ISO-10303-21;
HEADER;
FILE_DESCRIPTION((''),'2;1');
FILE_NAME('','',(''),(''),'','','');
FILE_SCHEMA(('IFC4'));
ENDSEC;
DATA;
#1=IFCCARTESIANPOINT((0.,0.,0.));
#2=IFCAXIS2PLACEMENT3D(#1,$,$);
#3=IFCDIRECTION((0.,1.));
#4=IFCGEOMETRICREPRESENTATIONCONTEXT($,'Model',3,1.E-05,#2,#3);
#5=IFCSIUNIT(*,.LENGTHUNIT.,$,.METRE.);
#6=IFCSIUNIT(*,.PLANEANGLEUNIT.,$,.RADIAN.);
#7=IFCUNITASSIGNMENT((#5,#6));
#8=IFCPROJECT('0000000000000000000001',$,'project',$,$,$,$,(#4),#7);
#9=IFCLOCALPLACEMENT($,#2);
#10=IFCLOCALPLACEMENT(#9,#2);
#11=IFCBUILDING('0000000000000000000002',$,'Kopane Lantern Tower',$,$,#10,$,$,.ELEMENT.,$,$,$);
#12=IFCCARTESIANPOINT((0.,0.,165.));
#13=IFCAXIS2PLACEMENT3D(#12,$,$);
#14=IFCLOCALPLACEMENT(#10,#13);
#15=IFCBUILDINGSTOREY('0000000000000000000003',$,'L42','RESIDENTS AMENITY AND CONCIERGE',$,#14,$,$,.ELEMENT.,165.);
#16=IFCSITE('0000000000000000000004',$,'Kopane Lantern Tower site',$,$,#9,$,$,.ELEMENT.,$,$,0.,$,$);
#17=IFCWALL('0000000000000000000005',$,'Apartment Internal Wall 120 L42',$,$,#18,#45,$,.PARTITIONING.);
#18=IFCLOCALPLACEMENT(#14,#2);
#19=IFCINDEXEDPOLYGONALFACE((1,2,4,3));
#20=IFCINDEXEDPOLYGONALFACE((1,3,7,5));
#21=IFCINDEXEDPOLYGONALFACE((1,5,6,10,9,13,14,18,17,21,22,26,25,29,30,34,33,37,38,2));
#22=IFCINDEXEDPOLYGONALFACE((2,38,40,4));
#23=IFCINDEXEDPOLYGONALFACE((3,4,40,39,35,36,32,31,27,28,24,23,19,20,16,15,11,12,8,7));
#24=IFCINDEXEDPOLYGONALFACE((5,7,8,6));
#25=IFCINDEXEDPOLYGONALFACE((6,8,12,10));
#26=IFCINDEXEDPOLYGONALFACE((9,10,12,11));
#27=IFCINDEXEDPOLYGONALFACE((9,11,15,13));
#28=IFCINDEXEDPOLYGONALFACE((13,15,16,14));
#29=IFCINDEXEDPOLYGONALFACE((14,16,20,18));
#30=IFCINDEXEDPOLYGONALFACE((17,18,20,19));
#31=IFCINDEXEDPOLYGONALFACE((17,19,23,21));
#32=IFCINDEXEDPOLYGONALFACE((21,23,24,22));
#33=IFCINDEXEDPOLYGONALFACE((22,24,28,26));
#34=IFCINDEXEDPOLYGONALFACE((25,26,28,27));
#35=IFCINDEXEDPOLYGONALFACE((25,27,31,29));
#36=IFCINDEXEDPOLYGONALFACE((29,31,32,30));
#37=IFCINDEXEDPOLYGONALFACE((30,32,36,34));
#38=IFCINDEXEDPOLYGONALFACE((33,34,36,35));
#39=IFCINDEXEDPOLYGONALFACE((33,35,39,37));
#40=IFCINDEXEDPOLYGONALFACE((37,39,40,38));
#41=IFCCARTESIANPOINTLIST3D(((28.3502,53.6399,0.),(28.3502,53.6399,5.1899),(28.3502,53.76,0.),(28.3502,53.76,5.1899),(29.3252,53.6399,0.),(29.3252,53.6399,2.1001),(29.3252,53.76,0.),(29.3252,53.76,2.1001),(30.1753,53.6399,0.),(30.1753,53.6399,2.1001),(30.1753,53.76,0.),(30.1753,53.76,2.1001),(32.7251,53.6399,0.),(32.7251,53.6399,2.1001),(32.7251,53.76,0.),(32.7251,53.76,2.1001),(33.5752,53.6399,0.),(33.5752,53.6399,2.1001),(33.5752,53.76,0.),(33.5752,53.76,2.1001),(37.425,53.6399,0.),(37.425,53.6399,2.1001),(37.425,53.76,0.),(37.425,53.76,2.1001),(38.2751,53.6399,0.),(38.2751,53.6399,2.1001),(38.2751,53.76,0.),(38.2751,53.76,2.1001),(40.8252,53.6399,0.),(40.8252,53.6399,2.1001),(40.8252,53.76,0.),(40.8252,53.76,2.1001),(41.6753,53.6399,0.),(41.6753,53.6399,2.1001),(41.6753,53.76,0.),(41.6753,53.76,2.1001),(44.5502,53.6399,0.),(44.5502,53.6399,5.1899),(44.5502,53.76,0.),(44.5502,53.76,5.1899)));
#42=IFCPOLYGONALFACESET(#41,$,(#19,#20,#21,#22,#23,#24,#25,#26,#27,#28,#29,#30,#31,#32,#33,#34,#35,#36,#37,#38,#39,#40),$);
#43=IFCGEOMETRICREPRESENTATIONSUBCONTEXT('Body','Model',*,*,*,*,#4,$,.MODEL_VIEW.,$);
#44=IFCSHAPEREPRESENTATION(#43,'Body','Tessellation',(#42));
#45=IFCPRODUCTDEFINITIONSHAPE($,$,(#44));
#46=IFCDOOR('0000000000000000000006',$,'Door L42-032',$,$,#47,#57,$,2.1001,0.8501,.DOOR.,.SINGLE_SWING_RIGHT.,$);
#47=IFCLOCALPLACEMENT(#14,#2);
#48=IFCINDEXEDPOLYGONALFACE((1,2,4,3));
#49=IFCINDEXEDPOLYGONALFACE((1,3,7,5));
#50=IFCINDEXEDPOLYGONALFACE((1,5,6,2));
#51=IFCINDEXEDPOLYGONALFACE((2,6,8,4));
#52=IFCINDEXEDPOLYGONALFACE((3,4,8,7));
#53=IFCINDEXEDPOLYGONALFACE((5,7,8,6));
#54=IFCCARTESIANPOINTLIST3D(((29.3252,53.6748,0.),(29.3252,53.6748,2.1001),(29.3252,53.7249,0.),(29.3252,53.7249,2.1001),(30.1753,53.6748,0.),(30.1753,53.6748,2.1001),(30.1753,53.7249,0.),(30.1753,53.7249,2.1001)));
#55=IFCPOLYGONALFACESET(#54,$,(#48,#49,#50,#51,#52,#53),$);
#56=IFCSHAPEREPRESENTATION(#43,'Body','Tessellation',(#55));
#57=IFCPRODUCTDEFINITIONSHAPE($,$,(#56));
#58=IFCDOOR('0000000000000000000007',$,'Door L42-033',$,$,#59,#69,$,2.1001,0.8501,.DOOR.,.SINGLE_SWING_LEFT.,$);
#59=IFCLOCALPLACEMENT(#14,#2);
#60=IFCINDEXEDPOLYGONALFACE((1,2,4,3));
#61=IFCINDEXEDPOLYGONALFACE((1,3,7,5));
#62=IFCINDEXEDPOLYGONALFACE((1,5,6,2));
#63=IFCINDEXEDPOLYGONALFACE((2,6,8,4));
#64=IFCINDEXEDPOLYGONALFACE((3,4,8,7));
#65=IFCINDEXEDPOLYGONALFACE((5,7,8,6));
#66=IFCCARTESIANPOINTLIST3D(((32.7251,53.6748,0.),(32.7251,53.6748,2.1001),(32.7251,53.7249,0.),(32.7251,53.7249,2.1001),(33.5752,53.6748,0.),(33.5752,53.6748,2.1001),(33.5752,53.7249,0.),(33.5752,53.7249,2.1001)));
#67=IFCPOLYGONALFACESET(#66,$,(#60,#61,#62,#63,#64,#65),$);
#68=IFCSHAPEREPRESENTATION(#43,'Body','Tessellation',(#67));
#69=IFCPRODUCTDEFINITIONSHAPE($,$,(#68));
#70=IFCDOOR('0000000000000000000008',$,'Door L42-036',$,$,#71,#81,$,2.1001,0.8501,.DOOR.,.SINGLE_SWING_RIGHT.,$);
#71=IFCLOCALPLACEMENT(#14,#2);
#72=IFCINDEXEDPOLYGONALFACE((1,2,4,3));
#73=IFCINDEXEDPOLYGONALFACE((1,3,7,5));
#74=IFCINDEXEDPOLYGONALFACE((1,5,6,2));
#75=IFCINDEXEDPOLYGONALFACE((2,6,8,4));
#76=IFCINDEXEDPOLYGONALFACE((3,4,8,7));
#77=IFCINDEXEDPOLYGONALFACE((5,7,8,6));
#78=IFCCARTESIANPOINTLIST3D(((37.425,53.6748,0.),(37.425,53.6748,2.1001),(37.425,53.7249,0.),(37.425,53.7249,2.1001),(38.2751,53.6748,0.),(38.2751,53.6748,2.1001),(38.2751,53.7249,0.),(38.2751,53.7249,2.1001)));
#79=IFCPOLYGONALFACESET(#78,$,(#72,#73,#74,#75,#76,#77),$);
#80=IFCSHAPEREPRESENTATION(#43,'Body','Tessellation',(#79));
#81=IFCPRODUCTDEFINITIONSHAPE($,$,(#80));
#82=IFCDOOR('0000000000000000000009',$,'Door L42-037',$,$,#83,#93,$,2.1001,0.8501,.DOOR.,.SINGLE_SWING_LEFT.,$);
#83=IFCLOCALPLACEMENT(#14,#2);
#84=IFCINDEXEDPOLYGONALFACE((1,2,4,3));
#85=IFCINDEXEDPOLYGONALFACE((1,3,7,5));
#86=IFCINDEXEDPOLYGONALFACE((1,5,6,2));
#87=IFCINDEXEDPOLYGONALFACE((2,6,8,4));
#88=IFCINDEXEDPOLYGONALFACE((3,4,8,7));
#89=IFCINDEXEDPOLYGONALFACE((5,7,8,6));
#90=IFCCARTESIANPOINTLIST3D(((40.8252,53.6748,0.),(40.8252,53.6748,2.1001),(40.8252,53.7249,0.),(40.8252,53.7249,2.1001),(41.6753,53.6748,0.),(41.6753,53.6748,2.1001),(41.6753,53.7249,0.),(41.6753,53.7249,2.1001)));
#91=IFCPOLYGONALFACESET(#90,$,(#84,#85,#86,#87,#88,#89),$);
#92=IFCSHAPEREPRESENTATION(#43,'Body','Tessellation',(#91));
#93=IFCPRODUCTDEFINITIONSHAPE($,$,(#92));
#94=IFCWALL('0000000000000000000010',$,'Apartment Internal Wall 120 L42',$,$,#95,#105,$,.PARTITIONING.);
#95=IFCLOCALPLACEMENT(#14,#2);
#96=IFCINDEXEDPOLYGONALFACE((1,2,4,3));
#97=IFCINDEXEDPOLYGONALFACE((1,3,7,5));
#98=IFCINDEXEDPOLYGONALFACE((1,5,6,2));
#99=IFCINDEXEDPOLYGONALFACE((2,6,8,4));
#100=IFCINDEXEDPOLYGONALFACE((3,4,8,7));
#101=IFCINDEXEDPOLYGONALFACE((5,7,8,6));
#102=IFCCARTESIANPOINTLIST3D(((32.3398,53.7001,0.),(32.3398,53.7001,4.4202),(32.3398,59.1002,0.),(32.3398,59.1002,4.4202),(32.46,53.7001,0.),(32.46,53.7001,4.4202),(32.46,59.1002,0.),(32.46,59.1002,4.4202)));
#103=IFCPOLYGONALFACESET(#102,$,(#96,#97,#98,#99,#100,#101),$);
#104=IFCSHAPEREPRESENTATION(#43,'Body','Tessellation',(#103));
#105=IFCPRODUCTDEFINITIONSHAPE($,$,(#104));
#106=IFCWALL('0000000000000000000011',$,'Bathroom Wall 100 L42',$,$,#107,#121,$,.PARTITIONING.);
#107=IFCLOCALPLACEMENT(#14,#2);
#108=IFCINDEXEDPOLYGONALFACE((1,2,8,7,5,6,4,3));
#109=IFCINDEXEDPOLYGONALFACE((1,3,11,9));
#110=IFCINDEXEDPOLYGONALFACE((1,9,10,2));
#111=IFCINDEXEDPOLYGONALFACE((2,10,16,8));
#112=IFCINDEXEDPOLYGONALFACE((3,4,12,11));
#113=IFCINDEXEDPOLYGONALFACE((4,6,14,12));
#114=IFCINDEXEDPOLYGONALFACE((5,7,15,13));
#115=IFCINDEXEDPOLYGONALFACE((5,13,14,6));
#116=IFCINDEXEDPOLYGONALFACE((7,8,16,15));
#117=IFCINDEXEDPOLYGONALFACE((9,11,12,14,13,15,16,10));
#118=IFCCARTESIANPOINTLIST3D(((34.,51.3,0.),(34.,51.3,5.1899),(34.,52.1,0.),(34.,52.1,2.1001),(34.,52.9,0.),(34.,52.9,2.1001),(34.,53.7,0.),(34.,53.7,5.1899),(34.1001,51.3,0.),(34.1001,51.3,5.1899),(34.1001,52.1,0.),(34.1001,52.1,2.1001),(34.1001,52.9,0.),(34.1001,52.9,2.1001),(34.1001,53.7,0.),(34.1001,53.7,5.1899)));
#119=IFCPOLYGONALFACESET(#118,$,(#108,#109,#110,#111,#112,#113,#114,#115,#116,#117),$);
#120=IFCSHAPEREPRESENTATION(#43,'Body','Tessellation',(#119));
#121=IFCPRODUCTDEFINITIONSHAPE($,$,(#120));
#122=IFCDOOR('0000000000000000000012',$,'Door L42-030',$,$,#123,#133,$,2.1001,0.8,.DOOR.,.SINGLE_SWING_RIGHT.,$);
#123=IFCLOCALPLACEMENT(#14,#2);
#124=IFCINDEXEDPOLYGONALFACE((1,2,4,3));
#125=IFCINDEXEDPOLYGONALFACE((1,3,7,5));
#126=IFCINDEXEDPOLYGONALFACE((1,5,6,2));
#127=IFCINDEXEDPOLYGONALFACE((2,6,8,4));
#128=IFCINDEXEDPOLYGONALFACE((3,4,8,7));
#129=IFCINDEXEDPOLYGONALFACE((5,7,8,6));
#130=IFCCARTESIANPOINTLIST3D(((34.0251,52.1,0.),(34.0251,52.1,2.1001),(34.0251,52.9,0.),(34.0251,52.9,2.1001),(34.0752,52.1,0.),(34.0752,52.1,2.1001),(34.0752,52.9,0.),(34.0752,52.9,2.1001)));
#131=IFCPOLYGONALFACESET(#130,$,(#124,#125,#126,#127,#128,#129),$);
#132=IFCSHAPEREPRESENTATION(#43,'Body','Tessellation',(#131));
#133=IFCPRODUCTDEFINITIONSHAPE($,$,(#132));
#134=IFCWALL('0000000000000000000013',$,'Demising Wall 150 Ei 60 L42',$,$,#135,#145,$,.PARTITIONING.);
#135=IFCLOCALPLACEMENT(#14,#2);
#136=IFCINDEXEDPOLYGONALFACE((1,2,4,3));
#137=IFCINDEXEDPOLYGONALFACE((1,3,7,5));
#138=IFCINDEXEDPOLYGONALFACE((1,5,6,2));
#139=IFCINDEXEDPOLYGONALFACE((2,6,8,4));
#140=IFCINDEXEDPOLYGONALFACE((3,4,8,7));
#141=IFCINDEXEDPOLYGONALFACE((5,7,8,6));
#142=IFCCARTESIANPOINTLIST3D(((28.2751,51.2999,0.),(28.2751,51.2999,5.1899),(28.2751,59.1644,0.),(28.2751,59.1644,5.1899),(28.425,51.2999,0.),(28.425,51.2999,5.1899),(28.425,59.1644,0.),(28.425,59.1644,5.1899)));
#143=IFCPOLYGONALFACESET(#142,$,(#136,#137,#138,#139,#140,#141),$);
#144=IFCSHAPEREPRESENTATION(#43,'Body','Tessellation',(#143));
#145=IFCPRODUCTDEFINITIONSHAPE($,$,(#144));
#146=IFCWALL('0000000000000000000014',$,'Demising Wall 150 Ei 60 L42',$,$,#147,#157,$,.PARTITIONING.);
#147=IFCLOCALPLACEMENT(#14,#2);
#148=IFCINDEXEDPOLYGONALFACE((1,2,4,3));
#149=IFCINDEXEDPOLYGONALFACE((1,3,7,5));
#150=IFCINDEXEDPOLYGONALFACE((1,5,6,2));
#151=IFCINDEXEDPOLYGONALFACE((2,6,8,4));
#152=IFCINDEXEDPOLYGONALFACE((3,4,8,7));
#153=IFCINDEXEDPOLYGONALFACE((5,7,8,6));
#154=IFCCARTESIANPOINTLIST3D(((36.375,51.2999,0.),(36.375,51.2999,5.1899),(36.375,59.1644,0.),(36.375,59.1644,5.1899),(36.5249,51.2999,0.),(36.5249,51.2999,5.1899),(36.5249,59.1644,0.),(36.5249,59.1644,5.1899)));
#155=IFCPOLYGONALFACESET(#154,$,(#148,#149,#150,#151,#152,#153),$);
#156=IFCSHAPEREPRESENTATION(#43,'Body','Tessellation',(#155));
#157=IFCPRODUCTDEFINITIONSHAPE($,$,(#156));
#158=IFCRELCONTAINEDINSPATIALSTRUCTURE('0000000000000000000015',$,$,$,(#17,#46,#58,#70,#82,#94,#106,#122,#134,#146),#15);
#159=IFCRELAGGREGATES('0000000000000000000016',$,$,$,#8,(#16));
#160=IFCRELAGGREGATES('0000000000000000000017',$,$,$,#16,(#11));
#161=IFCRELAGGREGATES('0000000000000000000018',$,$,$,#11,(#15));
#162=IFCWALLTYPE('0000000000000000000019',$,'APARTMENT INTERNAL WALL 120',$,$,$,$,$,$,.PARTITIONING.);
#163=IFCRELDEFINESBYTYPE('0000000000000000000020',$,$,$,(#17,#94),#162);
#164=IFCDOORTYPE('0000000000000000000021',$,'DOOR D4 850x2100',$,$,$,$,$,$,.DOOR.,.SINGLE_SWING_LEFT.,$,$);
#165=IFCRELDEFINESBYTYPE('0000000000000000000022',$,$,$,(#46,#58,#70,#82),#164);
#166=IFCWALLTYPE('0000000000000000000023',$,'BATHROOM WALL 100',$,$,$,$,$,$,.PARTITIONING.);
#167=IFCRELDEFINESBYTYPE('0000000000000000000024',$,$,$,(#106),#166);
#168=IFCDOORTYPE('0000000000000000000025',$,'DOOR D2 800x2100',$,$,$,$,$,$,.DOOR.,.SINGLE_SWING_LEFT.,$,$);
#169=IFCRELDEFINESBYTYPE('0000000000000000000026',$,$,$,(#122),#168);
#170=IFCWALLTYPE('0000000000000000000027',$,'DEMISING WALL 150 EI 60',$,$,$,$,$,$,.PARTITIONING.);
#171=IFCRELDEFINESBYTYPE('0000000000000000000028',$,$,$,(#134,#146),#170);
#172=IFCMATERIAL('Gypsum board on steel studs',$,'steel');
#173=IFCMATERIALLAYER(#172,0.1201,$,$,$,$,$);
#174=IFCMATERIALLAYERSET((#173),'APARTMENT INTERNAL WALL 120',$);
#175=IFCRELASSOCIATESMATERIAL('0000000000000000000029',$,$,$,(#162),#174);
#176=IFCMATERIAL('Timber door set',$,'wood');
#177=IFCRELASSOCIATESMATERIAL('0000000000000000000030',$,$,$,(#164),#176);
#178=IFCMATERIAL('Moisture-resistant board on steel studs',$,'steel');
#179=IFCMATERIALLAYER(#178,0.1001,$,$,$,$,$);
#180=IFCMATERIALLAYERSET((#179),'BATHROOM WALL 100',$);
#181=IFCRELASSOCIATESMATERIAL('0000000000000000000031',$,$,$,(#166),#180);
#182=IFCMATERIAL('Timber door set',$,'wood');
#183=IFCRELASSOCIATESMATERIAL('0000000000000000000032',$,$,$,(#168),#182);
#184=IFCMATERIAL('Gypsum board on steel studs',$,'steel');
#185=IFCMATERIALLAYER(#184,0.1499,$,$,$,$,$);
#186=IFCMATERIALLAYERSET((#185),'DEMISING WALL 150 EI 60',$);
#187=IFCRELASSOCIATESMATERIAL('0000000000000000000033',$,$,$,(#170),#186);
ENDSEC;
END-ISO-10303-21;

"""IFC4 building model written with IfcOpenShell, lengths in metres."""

from ifc_helpers import new_model, si_unit, direction, frame, frame_2d, origin, place, context, subcontext, project, spatial, rectangle, extrude, material, layer, layer_set, type_object, element, fill, save


model = new_model("IFC4")

# Units and contexts
model_context = context("Model", 3, precision=1e-05, world=origin(), true_north=direction((0.0, 1.0)))
body_context = subcontext(model_context, "Body", "Model", "MODEL_VIEW")
ifc_project = project(units=[si_unit("LENGTHUNIT", "METRE"), si_unit("PLANEANGLEUNIT", "RADIAN")], contexts=[model_context])

# Site, building, storey
site_placement = place(None, origin())
site = spatial("IfcSite", under=ifc_project, at=site_placement, Name="Kopane Lantern Tower site", CompositionType="ELEMENT", RefElevation=0.0)
building_placement = place(site_placement, origin())
building = spatial("IfcBuilding", under=site, at=building_placement, Name="Kopane Lantern Tower", CompositionType="ELEMENT")
storey_placement = place(building_placement, frame((0.0, 0.0, 165.0)))
storey = spatial("IfcBuildingStorey", under=building, at=storey_placement, Name="L42", Description="RESIDENTS AMENITY AND CONCIERGE", CompositionType="ELEMENT", Elevation=165.0)

# Wall, openings, doors
ifc_material_1 = material(Name="Gypsum board on steel studs", Category="steel")
ifc_layer_1 = layer(ifc_material_1, 0.1201)
ifc_layer_set_1 = layer_set([ifc_layer_1], Name="APARTMENT INTERNAL WALL 120")
wall_type_1 = type_object("IfcWallType", Name="APARTMENT INTERNAL WALL 120", PredefinedType="PARTITIONING", material=ifc_layer_set_1)
wall_1_placement = place(storey_placement, frame((28.3501, 53.7, 0.0), z_axis=(0.0, 0.0, 1.0), x_axis=(1.0, 0.0, 0.0)))
wall_1 = element("IfcWall", 1, at=wall_1_placement, inside=storey, type_object=wall_type_1, Name="Apartment Internal Wall 120 L42", PredefinedType="PARTITIONING", context=body_context, shape_type="SweptSolid", body=[
    extrude(rectangle(XDim=16.2, YDim=0.1201, at=frame_2d((8.1001, 0.0))), origin(), (0.0, 0.0, 1.0), 5.1899),
])
opening_1_placement = place(wall_1_placement, frame((0.9751, 0.0, 0.0)))
opening_1 = element("IfcOpeningElement", 2, at=opening_1_placement, cuts=wall_1, PredefinedType="OPENING", context=body_context, shape_type="SweptSolid", body=[
    extrude(rectangle(XDim=0.8501, YDim=2.1001, at=frame_2d((0.425, 1.05))), frame((0.0, 0.0701, 0.0), z_axis=(0.0, -1.0, 0.0), x_axis=(1.0, 0.0, 0.0)), (0.0, 0.0, 1.0), 0.1401),
])
opening_2_placement = place(wall_1_placement, frame((4.375, 0.0, 0.0)))
opening_2 = element("IfcOpeningElement", 3, at=opening_2_placement, cuts=wall_1, PredefinedType="OPENING", context=body_context, shape_type="SweptSolid", body=[
    extrude(rectangle(XDim=0.8501, YDim=2.1001, at=frame_2d((0.425, 1.05))), frame((0.0, 0.0701, 0.0), z_axis=(0.0, -1.0, 0.0), x_axis=(1.0, 0.0, 0.0)), (0.0, 0.0, 1.0), 0.1401),
])
opening_3_placement = place(wall_1_placement, frame((9.075, 0.0, 0.0)))
opening_3 = element("IfcOpeningElement", 4, at=opening_3_placement, cuts=wall_1, PredefinedType="OPENING", context=body_context, shape_type="SweptSolid", body=[
    extrude(rectangle(XDim=0.8501, YDim=2.1001, at=frame_2d((0.425, 1.05))), frame((0.0, 0.0701, 0.0), z_axis=(0.0, -1.0, 0.0), x_axis=(1.0, 0.0, 0.0)), (0.0, 0.0, 1.0), 0.1401),
])
opening_4_placement = place(wall_1_placement, frame((12.4751, 0.0, 0.0)))
opening_4 = element("IfcOpeningElement", 5, at=opening_4_placement, cuts=wall_1, PredefinedType="OPENING", context=body_context, shape_type="SweptSolid", body=[
    extrude(rectangle(XDim=0.8501, YDim=2.1001, at=frame_2d((0.425, 1.05))), frame((0.0, 0.0701, 0.0), z_axis=(0.0, -1.0, 0.0), x_axis=(1.0, 0.0, 0.0)), (0.0, 0.0, 1.0), 0.1401),
])
ifc_material_2 = material(Name="Timber door set", Category="wood")
door_type_1 = type_object("IfcDoorType", Name="DOOR D4 850x2100", OperationType="SINGLE_SWING_LEFT", PredefinedType="DOOR", material=ifc_material_2)
door_1_placement = place(opening_1_placement, origin())
door_1 = element("IfcDoor", 6, at=door_1_placement, inside=storey, type_object=door_type_1, Name="Door L42-032", OperationType="SINGLE_SWING_RIGHT", OverallHeight=2.1001, OverallWidth=0.8501, PredefinedType="DOOR", context=body_context, shape_type="SweptSolid", body=[
    extrude(rectangle(XDim=0.8501, YDim=2.1001, at=frame_2d((0.425, 1.05))), frame((0.0, 0.0249, 0.0), z_axis=(0.0, -1.0, 0.0), x_axis=(1.0, 0.0, 0.0)), (0.0, 0.0, 1.0), 0.05),
])
fill(opening_1, door_1)
door_2_placement = place(opening_2_placement, origin())
door_2 = element("IfcDoor", 7, at=door_2_placement, inside=storey, type_object=door_type_1, Name="Door L42-033", OperationType="SINGLE_SWING_LEFT", OverallHeight=2.1001, OverallWidth=0.8501, PredefinedType="DOOR", context=body_context, shape_type="SweptSolid", body=[
    extrude(rectangle(XDim=0.8501, YDim=2.1001, at=frame_2d((0.425, 1.05))), frame((0.0, 0.0249, 0.0), z_axis=(0.0, -1.0, 0.0), x_axis=(1.0, 0.0, 0.0)), (0.0, 0.0, 1.0), 0.05),
])
fill(opening_2, door_2)
door_3_placement = place(opening_3_placement, origin())
door_3 = element("IfcDoor", 8, at=door_3_placement, inside=storey, type_object=door_type_1, Name="Door L42-036", OperationType="SINGLE_SWING_RIGHT", OverallHeight=2.1001, OverallWidth=0.8501, PredefinedType="DOOR", context=body_context, shape_type="SweptSolid", body=[
    extrude(rectangle(XDim=0.8501, YDim=2.1001, at=frame_2d((0.425, 1.05))), frame((0.0, 0.0249, 0.0), z_axis=(0.0, -1.0, 0.0), x_axis=(1.0, 0.0, 0.0)), (0.0, 0.0, 1.0), 0.05),
])
fill(opening_3, door_3)
door_4_placement = place(opening_4_placement, origin())
door_4 = element("IfcDoor", 9, at=door_4_placement, inside=storey, type_object=door_type_1, Name="Door L42-037", OperationType="SINGLE_SWING_LEFT", OverallHeight=2.1001, OverallWidth=0.8501, PredefinedType="DOOR", context=body_context, shape_type="SweptSolid", body=[
    extrude(rectangle(XDim=0.8501, YDim=2.1001, at=frame_2d((0.425, 1.05))), frame((0.0, 0.0249, 0.0), z_axis=(0.0, -1.0, 0.0), x_axis=(1.0, 0.0, 0.0)), (0.0, 0.0, 1.0), 0.05),
])
fill(opening_4, door_4)

# Wall
wall_2_placement = place(storey_placement, frame((32.3999, 53.7, 0.0), z_axis=(0.0, 0.0, 1.0), x_axis=(0.0, 1.0, 0.0)))
element("IfcWall", 10, at=wall_2_placement, inside=storey, type_object=wall_type_1, Name="Apartment Internal Wall 120 L42", PredefinedType="PARTITIONING", context=body_context, shape_type="SweptSolid", body=[
    extrude(rectangle(XDim=5.4001, YDim=0.1201, at=frame_2d((2.7002, 0.0))), origin(), (0.0, 0.0, 1.0), 4.4202),
])

# Wall, opening, door
ifc_material_3 = material(Name="Moisture-resistant board on steel studs", Category="steel")
ifc_layer_2 = layer(ifc_material_3, 0.1001)
ifc_layer_set_2 = layer_set([ifc_layer_2], Name="BATHROOM WALL 100")
wall_type_2 = type_object("IfcWallType", Name="BATHROOM WALL 100", PredefinedType="PARTITIONING", material=ifc_layer_set_2)
wall_3_placement = place(storey_placement, frame((34.05, 51.3, 0.0), z_axis=(0.0, 0.0, 1.0), x_axis=(0.0, 1.0, 0.0)))
wall_3 = element("IfcWall", 11, at=wall_3_placement, inside=storey, type_object=wall_type_2, Name="Bathroom Wall 100 L42", PredefinedType="PARTITIONING", context=body_context, shape_type="SweptSolid", body=[
    extrude(rectangle(XDim=2.3999, YDim=0.1001, at=frame_2d((1.2, 0.0))), origin(), (0.0, 0.0, 1.0), 5.1899),
])
opening_5_placement = place(wall_3_placement, frame((0.8, 0.0, 0.0)))
opening_5 = element("IfcOpeningElement", 12, at=opening_5_placement, cuts=wall_3, PredefinedType="OPENING", context=body_context, shape_type="SweptSolid", body=[
    extrude(rectangle(XDim=0.8, YDim=2.1001, at=frame_2d((0.3999, 1.05))), frame((0.0, 0.0601, 0.0), z_axis=(0.0, -1.0, 0.0), x_axis=(1.0, 0.0, 0.0)), (0.0, 0.0, 1.0), 0.1201),
])
ifc_material_4 = material(Name="Timber door set", Category="wood")
door_type_2 = type_object("IfcDoorType", Name="DOOR D2 800x2100", OperationType="SINGLE_SWING_LEFT", PredefinedType="DOOR", material=ifc_material_4)
door_5_placement = place(opening_5_placement, origin())
door_5 = element("IfcDoor", 13, at=door_5_placement, inside=storey, type_object=door_type_2, Name="Door L42-030", OperationType="SINGLE_SWING_RIGHT", OverallHeight=2.1001, OverallWidth=0.8, PredefinedType="DOOR", context=body_context, shape_type="SweptSolid", body=[
    extrude(rectangle(XDim=0.8, YDim=2.1001, at=frame_2d((0.3999, 1.05))), frame((0.0, 0.0249, 0.0), z_axis=(0.0, -1.0, 0.0), x_axis=(1.0, 0.0, 0.0)), (0.0, 0.0, 1.0), 0.05),
])
fill(opening_5, door_5)

# Walls
ifc_material_5 = material(Name="Gypsum board on steel studs", Category="steel")
ifc_layer_3 = layer(ifc_material_5, 0.1499)
ifc_layer_set_3 = layer_set([ifc_layer_3], Name="DEMISING WALL 150 EI 60")
wall_type_3 = type_object("IfcWallType", Name="DEMISING WALL 150 EI 60", PredefinedType="PARTITIONING", material=ifc_layer_set_3)
for number, where, z_axis, x_axis, name in (
    (14, (28.3501, 51.3, 0.0), (0.0, 0.0, 1.0), (0.0, 1.0, 0.0), "Demising Wall 150 Ei 60 L42"),
    (15, (36.45, 51.3, 0.0), (0.0, 0.0, 1.0), (0.0, 1.0, 0.0), "Demising Wall 150 Ei 60 L42"),
):
    element("IfcWall", number, at=place(storey_placement, frame(where, z_axis=z_axis, x_axis=x_axis)), inside=storey, type_object=wall_type_3, Name=name, PredefinedType="PARTITIONING", context=body_context, shape_type="SweptSolid", body=[
        extrude(rectangle(XDim=7.8645, YDim=0.1499, at=frame_2d((3.9321, 0.0))), origin(), (0.0, 0.0, 1.0), 5.1899),
    ])

save(model, "model.ifc")
